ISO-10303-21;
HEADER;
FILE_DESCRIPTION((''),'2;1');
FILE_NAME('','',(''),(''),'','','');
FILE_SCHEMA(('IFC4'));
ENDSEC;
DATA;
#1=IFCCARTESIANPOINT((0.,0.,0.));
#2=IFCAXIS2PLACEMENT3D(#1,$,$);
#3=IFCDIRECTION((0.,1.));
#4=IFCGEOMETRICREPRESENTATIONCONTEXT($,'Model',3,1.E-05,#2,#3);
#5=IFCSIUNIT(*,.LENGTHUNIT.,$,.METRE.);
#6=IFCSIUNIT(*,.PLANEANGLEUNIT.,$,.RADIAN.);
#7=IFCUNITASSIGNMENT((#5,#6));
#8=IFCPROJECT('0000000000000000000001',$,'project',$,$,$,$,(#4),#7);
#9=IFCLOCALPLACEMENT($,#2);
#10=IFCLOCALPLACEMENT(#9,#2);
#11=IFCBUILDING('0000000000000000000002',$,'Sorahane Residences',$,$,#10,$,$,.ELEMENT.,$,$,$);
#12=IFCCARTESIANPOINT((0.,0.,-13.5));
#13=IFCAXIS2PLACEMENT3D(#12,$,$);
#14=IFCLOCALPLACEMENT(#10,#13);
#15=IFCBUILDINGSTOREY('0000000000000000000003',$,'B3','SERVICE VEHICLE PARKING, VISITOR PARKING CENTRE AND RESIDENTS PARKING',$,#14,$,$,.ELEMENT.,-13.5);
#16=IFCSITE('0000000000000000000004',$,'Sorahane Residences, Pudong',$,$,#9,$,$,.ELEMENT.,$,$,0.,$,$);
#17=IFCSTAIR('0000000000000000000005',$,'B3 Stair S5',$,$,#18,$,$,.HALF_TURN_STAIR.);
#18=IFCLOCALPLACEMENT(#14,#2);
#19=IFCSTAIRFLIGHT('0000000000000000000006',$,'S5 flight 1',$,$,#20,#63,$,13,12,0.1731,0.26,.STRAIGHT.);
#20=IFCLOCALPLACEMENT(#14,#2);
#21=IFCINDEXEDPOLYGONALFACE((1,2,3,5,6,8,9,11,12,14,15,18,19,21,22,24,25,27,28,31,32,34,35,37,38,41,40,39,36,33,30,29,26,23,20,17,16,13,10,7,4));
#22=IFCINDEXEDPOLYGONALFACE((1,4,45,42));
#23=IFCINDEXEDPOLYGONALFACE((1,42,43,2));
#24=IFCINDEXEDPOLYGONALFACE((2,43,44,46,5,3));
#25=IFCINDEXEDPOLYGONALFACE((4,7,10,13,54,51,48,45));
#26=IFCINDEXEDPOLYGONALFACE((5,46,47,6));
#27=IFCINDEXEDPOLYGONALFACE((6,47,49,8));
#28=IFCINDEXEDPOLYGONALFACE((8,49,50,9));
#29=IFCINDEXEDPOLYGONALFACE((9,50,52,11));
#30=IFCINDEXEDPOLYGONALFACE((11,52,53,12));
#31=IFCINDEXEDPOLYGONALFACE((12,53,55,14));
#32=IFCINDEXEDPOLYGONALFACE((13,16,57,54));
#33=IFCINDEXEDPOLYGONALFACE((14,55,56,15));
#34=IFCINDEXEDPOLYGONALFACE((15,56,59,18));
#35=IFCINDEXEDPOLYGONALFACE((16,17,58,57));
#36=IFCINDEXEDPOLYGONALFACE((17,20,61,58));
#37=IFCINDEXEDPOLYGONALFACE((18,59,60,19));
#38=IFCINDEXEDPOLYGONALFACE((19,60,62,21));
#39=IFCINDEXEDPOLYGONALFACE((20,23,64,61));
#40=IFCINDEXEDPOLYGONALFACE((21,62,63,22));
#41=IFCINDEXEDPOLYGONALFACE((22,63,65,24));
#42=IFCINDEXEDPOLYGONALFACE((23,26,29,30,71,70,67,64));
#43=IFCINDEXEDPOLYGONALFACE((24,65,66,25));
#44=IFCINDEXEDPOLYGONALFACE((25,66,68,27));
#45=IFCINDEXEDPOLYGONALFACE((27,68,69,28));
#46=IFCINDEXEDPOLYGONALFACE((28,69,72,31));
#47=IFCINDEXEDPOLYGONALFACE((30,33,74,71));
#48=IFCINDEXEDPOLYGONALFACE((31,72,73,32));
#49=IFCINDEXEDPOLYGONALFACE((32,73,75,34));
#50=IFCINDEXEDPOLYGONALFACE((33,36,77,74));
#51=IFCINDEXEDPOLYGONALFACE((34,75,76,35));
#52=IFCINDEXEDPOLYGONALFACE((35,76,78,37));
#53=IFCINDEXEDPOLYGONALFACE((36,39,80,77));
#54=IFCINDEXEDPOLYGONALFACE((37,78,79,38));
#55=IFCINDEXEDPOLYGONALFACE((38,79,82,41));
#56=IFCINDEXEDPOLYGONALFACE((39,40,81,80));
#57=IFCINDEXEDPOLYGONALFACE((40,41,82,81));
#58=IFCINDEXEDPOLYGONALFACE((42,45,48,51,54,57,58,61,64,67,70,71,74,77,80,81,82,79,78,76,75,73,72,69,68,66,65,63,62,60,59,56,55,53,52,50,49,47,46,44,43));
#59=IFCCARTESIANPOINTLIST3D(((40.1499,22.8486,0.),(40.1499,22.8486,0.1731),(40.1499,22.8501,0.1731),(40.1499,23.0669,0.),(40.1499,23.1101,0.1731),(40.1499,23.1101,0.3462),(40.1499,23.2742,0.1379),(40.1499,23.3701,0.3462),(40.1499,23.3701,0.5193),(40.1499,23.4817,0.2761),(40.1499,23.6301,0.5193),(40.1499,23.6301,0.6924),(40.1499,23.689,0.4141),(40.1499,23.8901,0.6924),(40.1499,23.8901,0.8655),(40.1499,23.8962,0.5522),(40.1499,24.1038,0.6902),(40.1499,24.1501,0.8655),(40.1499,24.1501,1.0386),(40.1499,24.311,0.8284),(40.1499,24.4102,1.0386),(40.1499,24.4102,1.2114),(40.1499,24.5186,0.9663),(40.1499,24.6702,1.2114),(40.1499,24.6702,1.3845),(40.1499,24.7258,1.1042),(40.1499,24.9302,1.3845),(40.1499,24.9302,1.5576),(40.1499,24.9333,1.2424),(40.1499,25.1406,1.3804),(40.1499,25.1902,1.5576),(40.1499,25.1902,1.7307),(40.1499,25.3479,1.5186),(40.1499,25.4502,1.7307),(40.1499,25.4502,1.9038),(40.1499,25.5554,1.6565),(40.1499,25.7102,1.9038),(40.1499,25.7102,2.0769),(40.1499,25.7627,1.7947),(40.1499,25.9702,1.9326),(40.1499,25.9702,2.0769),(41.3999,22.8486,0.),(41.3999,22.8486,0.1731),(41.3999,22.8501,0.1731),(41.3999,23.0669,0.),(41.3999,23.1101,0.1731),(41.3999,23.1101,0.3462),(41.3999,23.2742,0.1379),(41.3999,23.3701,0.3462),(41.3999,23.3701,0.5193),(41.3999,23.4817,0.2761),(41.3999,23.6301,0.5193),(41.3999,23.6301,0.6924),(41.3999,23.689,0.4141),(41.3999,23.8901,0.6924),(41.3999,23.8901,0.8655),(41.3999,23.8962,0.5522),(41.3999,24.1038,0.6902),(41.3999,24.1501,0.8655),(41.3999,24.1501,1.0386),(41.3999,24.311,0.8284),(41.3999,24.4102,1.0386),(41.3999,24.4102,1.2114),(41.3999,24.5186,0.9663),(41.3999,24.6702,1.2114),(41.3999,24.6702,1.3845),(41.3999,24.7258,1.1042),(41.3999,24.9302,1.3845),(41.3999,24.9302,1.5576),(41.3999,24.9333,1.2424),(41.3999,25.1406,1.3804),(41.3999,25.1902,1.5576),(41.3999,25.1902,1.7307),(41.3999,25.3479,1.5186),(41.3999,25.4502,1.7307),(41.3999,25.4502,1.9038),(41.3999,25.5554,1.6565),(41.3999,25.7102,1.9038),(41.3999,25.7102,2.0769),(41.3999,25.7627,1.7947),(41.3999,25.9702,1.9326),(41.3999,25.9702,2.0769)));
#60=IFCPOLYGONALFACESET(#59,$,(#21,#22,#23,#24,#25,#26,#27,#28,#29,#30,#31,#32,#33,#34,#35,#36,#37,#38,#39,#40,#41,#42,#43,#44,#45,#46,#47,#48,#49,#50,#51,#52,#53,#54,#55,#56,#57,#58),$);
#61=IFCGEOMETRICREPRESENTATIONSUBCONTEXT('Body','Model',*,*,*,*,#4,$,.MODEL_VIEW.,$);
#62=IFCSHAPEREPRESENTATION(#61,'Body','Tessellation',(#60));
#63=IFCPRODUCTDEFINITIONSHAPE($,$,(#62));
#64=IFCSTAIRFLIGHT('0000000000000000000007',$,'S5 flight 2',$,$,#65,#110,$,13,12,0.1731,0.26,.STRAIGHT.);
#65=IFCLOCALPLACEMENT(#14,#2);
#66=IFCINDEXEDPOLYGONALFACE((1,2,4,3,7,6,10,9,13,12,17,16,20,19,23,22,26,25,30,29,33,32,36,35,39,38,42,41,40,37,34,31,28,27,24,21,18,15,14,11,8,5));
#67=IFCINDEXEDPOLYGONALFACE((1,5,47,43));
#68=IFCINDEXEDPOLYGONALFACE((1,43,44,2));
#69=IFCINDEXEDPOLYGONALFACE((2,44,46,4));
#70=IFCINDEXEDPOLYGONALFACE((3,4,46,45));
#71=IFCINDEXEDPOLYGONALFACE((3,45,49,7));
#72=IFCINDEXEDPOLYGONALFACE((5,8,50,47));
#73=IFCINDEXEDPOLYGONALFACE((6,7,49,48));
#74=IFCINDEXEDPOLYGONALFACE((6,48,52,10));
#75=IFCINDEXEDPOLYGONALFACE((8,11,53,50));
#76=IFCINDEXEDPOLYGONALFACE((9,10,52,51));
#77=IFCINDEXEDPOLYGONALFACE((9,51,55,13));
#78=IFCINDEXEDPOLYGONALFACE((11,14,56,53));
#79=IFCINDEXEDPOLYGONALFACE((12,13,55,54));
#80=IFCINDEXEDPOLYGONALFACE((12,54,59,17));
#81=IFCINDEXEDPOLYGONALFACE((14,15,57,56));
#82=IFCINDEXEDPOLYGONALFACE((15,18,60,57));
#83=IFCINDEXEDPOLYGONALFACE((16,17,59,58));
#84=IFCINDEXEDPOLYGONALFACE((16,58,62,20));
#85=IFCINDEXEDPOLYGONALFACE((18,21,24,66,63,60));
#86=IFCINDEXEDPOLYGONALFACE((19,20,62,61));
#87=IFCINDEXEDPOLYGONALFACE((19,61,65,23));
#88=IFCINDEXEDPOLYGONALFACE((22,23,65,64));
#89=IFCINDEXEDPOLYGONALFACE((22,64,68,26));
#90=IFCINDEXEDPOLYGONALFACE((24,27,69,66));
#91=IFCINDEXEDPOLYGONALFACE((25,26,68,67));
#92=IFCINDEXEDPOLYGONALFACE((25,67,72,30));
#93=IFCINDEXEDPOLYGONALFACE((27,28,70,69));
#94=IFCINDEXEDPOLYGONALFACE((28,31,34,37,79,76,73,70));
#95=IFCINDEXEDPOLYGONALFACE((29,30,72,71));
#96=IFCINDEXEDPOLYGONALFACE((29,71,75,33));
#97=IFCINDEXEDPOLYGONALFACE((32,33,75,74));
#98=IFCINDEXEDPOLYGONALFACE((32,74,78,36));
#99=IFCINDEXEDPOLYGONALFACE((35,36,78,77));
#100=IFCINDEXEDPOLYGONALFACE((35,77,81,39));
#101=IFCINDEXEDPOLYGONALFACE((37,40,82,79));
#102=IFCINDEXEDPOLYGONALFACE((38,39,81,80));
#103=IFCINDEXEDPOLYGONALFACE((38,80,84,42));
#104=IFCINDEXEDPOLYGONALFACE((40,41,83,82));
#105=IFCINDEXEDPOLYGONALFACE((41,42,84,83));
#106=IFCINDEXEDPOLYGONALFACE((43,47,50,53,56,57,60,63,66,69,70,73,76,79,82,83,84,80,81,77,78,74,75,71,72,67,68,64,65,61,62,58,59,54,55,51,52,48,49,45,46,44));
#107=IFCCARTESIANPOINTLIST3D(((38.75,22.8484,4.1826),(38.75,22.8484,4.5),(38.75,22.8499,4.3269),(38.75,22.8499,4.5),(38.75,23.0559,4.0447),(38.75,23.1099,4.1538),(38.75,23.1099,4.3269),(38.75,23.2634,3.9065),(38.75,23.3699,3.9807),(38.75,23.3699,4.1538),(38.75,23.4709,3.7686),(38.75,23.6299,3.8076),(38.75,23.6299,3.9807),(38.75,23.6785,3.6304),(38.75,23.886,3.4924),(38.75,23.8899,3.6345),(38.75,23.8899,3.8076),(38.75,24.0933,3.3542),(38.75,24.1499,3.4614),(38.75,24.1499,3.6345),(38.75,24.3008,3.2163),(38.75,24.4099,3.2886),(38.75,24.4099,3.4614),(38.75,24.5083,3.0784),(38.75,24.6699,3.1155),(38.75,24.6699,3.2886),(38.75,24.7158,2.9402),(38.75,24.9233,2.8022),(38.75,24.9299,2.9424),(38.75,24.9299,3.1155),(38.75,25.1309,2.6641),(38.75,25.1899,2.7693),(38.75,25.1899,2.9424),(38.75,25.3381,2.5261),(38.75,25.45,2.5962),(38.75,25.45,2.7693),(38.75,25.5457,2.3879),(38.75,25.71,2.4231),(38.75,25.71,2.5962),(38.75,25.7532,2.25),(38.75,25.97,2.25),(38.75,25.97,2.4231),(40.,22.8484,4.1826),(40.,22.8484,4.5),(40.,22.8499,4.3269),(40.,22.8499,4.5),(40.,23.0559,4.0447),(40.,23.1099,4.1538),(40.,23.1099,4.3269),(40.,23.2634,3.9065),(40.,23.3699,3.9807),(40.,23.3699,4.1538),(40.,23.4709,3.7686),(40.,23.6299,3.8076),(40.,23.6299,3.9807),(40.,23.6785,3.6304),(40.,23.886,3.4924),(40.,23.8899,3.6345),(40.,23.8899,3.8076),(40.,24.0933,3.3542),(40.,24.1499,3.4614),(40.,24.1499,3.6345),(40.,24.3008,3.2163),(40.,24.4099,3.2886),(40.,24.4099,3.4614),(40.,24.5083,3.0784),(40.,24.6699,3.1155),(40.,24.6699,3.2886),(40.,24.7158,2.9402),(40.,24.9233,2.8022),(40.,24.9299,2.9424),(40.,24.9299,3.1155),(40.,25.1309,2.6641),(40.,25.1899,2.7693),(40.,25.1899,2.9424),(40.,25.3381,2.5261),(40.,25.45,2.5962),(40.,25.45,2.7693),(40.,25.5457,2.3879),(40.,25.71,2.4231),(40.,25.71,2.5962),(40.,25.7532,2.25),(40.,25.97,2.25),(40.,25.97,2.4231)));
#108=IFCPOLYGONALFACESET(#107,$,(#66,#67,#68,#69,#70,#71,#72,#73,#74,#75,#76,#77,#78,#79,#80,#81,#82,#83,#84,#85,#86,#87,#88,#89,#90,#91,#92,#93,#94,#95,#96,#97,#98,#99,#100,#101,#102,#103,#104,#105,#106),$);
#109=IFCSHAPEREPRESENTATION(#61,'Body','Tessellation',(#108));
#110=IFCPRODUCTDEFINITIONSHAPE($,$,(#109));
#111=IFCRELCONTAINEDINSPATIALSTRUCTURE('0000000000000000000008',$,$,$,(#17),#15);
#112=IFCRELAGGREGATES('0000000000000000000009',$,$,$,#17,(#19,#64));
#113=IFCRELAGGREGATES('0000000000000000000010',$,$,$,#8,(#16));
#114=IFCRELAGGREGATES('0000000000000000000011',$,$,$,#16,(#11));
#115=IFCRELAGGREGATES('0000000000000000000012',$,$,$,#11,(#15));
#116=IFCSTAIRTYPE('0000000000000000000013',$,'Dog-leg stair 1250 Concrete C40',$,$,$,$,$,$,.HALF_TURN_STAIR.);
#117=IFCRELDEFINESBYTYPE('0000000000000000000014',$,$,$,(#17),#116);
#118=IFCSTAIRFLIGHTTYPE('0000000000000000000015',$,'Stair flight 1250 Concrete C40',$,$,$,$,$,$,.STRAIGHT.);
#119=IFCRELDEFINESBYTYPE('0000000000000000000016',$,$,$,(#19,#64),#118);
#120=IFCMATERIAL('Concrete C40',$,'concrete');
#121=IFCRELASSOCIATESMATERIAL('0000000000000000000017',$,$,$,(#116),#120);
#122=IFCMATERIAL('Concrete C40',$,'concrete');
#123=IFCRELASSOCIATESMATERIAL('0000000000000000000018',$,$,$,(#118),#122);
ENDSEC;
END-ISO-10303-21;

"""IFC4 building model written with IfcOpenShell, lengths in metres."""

from ifc_helpers import new_model, si_unit, direction, frame, origin, place, context, subcontext, project, spatial, polyline, outline, extrude, material, type_object, element, aggregate, save


model = new_model("IFC4")

# Units and contexts
model_context = context("Model", 3, precision=1e-05, world=origin(), true_north=direction((0.0, 1.0)))
body_context = subcontext(model_context, "Body", "Model", "MODEL_VIEW")
ifc_project = project(units=[si_unit("LENGTHUNIT", "METRE"), si_unit("PLANEANGLEUNIT", "RADIAN")], contexts=[model_context])

# Site, building, storey
site_placement = place(None, origin())
site = spatial("IfcSite", under=ifc_project, at=site_placement, Name="Sorahane Residences, Pudong", CompositionType="ELEMENT", RefElevation=0.0)
building_placement = place(site_placement, origin())
building = spatial("IfcBuilding", under=site, at=building_placement, Name="Sorahane Residences", CompositionType="ELEMENT")
storey_placement = place(building_placement, frame((0.0, 0.0, -13.5)))
storey = spatial("IfcBuildingStorey", under=building, at=storey_placement, Name="B3", Description="SERVICE VEHICLE PARKING, VISITOR PARKING CENTRE AND RESIDENTS PARKING", CompositionType="ELEMENT", Elevation=-13.5)

# Stair, stair flights
ifc_material_1 = material(Name="Concrete C40", Category="concrete")
stair_type = type_object("IfcStairType", Name="Dog-leg stair 1250 Concrete C40", PredefinedType="HALF_TURN_STAIR", material=ifc_material_1)
stair_placement = place(storey_placement, origin())
stair = element("IfcStair", 1, at=stair_placement, inside=storey, type_object=stair_type, Name="B3 Stair S5", PredefinedType="HALF_TURN_STAIR")
ifc_material_2 = material(Name="Concrete C40", Category="concrete")
stair_flight_type = type_object("IfcStairFlightType", Name="Stair flight 1250 Concrete C40", PredefinedType="STRAIGHT", material=ifc_material_2)
stair_flight_1_placement = place(storey_placement, frame((40.7749, 22.8501, 0.0), z_axis=(0.0, 0.0, 1.0), x_axis=(0.0, 1.0, 0.0)))
stair_flight_1 = element("IfcStairFlight", 2, at=stair_flight_1_placement, type_object=stair_flight_type, Name="S5 flight 1", NumberOfRisers=13, NumberOfTreads=12, PredefinedType="STRAIGHT", RiserHeight=0.1731, TreadLength=0.26, context=body_context, shape_type="SweptSolid", body=[
    extrude(outline(polyline([(-0.0015, 0.0), (-0.0015, 0.1731), (0.0, 0.1731), (0.26, 0.1731), (0.26, 0.3462), (0.52, 0.3462), (0.52, 0.5193), (0.78, 0.5193), (0.78, 0.6924), (1.04, 0.6924), (1.04, 0.8655), (1.3, 0.8655), (1.3, 1.0386), (1.5601, 1.0386), (1.5601, 1.2114), (1.8201, 1.2114), (1.8201, 1.3845), (2.0801, 1.3845), (2.0801, 1.5576), (2.3401, 1.5576), (2.3401, 1.7307), (2.6001, 1.7307), (2.6001, 1.9038), (2.8601, 1.9038), (2.8601, 2.0769), (3.1201, 2.0769), (3.1201, 2.25), (3.1201, 1.9326), (2.9126, 1.7947), (2.7053, 1.6565), (2.4978, 1.5186), (2.2905, 1.3804), (2.0833, 1.2424), (1.8757, 1.1042), (1.6685, 0.9663), (1.4609, 0.8284), (1.2537, 0.6902), (1.0461, 0.5522), (0.8389, 0.4141), (0.6316, 0.2761), (0.4241, 0.1379), (0.2168, 0.0), (-0.0015, 0.0)])), frame((0.0, 0.625, 0.0), z_axis=(0.0, -1.0, 0.0), x_axis=(1.0, 0.0, 0.0)), (0.0, 0.0, 1.0), 1.25),
])
stair_flight_2_placement = place(storey_placement, frame((39.375, 25.97, 2.25), z_axis=(0.0, 0.0, 1.0), x_axis=(0.0, -1.0, 0.0)))
stair_flight_2 = element("IfcStairFlight", 3, at=stair_flight_2_placement, type_object=stair_flight_type, Name="S5 flight 2", NumberOfRisers=13, NumberOfTreads=12, PredefinedType="STRAIGHT", RiserHeight=0.1731, TreadLength=0.26, context=body_context, shape_type="SweptSolid", body=[
    extrude(outline(polyline([(0.0, 0.0), (0.0, 0.1731), (0.26, 0.1731), (0.26, 0.3462), (0.52, 0.3462), (0.52, 0.5193), (0.78, 0.5193), (0.78, 0.6924), (1.04, 0.6924), (1.04, 0.8655), (1.3, 0.8655), (1.3, 1.0386), (1.5601, 1.0386), (1.5601, 1.2114), (1.8201, 1.2114), (1.8201, 1.3845), (2.0801, 1.3845), (2.0801, 1.5576), (2.3401, 1.5576), (2.3401, 1.7307), (2.6001, 1.7307), (2.6001, 1.9038), (2.8601, 1.9038), (2.8601, 2.0769), (3.1201, 2.0769), (3.1201, 2.25), (3.1216, 2.25), (3.1216, 1.9326), (2.9141, 1.7947), (2.7065, 1.6565), (2.499, 1.5186), (2.2915, 1.3804), (2.084, 1.2424), (1.8767, 1.1042), (1.6692, 0.9663), (1.4617, 0.8284), (1.2542, 0.6902), (1.0466, 0.5522), (0.8391, 0.4141), (0.6318, 0.2761), (0.4243, 0.1379), (0.2168, 0.0), (0.0, 0.0)])), frame((0.0, 0.625, 0.0), z_axis=(0.0, -1.0, 0.0), x_axis=(1.0, 0.0, 0.0)), (0.0, 0.0, 1.0), 1.25),
])
aggregate(stair, [stair_flight_1, stair_flight_2])

save(model, "model.ifc")
